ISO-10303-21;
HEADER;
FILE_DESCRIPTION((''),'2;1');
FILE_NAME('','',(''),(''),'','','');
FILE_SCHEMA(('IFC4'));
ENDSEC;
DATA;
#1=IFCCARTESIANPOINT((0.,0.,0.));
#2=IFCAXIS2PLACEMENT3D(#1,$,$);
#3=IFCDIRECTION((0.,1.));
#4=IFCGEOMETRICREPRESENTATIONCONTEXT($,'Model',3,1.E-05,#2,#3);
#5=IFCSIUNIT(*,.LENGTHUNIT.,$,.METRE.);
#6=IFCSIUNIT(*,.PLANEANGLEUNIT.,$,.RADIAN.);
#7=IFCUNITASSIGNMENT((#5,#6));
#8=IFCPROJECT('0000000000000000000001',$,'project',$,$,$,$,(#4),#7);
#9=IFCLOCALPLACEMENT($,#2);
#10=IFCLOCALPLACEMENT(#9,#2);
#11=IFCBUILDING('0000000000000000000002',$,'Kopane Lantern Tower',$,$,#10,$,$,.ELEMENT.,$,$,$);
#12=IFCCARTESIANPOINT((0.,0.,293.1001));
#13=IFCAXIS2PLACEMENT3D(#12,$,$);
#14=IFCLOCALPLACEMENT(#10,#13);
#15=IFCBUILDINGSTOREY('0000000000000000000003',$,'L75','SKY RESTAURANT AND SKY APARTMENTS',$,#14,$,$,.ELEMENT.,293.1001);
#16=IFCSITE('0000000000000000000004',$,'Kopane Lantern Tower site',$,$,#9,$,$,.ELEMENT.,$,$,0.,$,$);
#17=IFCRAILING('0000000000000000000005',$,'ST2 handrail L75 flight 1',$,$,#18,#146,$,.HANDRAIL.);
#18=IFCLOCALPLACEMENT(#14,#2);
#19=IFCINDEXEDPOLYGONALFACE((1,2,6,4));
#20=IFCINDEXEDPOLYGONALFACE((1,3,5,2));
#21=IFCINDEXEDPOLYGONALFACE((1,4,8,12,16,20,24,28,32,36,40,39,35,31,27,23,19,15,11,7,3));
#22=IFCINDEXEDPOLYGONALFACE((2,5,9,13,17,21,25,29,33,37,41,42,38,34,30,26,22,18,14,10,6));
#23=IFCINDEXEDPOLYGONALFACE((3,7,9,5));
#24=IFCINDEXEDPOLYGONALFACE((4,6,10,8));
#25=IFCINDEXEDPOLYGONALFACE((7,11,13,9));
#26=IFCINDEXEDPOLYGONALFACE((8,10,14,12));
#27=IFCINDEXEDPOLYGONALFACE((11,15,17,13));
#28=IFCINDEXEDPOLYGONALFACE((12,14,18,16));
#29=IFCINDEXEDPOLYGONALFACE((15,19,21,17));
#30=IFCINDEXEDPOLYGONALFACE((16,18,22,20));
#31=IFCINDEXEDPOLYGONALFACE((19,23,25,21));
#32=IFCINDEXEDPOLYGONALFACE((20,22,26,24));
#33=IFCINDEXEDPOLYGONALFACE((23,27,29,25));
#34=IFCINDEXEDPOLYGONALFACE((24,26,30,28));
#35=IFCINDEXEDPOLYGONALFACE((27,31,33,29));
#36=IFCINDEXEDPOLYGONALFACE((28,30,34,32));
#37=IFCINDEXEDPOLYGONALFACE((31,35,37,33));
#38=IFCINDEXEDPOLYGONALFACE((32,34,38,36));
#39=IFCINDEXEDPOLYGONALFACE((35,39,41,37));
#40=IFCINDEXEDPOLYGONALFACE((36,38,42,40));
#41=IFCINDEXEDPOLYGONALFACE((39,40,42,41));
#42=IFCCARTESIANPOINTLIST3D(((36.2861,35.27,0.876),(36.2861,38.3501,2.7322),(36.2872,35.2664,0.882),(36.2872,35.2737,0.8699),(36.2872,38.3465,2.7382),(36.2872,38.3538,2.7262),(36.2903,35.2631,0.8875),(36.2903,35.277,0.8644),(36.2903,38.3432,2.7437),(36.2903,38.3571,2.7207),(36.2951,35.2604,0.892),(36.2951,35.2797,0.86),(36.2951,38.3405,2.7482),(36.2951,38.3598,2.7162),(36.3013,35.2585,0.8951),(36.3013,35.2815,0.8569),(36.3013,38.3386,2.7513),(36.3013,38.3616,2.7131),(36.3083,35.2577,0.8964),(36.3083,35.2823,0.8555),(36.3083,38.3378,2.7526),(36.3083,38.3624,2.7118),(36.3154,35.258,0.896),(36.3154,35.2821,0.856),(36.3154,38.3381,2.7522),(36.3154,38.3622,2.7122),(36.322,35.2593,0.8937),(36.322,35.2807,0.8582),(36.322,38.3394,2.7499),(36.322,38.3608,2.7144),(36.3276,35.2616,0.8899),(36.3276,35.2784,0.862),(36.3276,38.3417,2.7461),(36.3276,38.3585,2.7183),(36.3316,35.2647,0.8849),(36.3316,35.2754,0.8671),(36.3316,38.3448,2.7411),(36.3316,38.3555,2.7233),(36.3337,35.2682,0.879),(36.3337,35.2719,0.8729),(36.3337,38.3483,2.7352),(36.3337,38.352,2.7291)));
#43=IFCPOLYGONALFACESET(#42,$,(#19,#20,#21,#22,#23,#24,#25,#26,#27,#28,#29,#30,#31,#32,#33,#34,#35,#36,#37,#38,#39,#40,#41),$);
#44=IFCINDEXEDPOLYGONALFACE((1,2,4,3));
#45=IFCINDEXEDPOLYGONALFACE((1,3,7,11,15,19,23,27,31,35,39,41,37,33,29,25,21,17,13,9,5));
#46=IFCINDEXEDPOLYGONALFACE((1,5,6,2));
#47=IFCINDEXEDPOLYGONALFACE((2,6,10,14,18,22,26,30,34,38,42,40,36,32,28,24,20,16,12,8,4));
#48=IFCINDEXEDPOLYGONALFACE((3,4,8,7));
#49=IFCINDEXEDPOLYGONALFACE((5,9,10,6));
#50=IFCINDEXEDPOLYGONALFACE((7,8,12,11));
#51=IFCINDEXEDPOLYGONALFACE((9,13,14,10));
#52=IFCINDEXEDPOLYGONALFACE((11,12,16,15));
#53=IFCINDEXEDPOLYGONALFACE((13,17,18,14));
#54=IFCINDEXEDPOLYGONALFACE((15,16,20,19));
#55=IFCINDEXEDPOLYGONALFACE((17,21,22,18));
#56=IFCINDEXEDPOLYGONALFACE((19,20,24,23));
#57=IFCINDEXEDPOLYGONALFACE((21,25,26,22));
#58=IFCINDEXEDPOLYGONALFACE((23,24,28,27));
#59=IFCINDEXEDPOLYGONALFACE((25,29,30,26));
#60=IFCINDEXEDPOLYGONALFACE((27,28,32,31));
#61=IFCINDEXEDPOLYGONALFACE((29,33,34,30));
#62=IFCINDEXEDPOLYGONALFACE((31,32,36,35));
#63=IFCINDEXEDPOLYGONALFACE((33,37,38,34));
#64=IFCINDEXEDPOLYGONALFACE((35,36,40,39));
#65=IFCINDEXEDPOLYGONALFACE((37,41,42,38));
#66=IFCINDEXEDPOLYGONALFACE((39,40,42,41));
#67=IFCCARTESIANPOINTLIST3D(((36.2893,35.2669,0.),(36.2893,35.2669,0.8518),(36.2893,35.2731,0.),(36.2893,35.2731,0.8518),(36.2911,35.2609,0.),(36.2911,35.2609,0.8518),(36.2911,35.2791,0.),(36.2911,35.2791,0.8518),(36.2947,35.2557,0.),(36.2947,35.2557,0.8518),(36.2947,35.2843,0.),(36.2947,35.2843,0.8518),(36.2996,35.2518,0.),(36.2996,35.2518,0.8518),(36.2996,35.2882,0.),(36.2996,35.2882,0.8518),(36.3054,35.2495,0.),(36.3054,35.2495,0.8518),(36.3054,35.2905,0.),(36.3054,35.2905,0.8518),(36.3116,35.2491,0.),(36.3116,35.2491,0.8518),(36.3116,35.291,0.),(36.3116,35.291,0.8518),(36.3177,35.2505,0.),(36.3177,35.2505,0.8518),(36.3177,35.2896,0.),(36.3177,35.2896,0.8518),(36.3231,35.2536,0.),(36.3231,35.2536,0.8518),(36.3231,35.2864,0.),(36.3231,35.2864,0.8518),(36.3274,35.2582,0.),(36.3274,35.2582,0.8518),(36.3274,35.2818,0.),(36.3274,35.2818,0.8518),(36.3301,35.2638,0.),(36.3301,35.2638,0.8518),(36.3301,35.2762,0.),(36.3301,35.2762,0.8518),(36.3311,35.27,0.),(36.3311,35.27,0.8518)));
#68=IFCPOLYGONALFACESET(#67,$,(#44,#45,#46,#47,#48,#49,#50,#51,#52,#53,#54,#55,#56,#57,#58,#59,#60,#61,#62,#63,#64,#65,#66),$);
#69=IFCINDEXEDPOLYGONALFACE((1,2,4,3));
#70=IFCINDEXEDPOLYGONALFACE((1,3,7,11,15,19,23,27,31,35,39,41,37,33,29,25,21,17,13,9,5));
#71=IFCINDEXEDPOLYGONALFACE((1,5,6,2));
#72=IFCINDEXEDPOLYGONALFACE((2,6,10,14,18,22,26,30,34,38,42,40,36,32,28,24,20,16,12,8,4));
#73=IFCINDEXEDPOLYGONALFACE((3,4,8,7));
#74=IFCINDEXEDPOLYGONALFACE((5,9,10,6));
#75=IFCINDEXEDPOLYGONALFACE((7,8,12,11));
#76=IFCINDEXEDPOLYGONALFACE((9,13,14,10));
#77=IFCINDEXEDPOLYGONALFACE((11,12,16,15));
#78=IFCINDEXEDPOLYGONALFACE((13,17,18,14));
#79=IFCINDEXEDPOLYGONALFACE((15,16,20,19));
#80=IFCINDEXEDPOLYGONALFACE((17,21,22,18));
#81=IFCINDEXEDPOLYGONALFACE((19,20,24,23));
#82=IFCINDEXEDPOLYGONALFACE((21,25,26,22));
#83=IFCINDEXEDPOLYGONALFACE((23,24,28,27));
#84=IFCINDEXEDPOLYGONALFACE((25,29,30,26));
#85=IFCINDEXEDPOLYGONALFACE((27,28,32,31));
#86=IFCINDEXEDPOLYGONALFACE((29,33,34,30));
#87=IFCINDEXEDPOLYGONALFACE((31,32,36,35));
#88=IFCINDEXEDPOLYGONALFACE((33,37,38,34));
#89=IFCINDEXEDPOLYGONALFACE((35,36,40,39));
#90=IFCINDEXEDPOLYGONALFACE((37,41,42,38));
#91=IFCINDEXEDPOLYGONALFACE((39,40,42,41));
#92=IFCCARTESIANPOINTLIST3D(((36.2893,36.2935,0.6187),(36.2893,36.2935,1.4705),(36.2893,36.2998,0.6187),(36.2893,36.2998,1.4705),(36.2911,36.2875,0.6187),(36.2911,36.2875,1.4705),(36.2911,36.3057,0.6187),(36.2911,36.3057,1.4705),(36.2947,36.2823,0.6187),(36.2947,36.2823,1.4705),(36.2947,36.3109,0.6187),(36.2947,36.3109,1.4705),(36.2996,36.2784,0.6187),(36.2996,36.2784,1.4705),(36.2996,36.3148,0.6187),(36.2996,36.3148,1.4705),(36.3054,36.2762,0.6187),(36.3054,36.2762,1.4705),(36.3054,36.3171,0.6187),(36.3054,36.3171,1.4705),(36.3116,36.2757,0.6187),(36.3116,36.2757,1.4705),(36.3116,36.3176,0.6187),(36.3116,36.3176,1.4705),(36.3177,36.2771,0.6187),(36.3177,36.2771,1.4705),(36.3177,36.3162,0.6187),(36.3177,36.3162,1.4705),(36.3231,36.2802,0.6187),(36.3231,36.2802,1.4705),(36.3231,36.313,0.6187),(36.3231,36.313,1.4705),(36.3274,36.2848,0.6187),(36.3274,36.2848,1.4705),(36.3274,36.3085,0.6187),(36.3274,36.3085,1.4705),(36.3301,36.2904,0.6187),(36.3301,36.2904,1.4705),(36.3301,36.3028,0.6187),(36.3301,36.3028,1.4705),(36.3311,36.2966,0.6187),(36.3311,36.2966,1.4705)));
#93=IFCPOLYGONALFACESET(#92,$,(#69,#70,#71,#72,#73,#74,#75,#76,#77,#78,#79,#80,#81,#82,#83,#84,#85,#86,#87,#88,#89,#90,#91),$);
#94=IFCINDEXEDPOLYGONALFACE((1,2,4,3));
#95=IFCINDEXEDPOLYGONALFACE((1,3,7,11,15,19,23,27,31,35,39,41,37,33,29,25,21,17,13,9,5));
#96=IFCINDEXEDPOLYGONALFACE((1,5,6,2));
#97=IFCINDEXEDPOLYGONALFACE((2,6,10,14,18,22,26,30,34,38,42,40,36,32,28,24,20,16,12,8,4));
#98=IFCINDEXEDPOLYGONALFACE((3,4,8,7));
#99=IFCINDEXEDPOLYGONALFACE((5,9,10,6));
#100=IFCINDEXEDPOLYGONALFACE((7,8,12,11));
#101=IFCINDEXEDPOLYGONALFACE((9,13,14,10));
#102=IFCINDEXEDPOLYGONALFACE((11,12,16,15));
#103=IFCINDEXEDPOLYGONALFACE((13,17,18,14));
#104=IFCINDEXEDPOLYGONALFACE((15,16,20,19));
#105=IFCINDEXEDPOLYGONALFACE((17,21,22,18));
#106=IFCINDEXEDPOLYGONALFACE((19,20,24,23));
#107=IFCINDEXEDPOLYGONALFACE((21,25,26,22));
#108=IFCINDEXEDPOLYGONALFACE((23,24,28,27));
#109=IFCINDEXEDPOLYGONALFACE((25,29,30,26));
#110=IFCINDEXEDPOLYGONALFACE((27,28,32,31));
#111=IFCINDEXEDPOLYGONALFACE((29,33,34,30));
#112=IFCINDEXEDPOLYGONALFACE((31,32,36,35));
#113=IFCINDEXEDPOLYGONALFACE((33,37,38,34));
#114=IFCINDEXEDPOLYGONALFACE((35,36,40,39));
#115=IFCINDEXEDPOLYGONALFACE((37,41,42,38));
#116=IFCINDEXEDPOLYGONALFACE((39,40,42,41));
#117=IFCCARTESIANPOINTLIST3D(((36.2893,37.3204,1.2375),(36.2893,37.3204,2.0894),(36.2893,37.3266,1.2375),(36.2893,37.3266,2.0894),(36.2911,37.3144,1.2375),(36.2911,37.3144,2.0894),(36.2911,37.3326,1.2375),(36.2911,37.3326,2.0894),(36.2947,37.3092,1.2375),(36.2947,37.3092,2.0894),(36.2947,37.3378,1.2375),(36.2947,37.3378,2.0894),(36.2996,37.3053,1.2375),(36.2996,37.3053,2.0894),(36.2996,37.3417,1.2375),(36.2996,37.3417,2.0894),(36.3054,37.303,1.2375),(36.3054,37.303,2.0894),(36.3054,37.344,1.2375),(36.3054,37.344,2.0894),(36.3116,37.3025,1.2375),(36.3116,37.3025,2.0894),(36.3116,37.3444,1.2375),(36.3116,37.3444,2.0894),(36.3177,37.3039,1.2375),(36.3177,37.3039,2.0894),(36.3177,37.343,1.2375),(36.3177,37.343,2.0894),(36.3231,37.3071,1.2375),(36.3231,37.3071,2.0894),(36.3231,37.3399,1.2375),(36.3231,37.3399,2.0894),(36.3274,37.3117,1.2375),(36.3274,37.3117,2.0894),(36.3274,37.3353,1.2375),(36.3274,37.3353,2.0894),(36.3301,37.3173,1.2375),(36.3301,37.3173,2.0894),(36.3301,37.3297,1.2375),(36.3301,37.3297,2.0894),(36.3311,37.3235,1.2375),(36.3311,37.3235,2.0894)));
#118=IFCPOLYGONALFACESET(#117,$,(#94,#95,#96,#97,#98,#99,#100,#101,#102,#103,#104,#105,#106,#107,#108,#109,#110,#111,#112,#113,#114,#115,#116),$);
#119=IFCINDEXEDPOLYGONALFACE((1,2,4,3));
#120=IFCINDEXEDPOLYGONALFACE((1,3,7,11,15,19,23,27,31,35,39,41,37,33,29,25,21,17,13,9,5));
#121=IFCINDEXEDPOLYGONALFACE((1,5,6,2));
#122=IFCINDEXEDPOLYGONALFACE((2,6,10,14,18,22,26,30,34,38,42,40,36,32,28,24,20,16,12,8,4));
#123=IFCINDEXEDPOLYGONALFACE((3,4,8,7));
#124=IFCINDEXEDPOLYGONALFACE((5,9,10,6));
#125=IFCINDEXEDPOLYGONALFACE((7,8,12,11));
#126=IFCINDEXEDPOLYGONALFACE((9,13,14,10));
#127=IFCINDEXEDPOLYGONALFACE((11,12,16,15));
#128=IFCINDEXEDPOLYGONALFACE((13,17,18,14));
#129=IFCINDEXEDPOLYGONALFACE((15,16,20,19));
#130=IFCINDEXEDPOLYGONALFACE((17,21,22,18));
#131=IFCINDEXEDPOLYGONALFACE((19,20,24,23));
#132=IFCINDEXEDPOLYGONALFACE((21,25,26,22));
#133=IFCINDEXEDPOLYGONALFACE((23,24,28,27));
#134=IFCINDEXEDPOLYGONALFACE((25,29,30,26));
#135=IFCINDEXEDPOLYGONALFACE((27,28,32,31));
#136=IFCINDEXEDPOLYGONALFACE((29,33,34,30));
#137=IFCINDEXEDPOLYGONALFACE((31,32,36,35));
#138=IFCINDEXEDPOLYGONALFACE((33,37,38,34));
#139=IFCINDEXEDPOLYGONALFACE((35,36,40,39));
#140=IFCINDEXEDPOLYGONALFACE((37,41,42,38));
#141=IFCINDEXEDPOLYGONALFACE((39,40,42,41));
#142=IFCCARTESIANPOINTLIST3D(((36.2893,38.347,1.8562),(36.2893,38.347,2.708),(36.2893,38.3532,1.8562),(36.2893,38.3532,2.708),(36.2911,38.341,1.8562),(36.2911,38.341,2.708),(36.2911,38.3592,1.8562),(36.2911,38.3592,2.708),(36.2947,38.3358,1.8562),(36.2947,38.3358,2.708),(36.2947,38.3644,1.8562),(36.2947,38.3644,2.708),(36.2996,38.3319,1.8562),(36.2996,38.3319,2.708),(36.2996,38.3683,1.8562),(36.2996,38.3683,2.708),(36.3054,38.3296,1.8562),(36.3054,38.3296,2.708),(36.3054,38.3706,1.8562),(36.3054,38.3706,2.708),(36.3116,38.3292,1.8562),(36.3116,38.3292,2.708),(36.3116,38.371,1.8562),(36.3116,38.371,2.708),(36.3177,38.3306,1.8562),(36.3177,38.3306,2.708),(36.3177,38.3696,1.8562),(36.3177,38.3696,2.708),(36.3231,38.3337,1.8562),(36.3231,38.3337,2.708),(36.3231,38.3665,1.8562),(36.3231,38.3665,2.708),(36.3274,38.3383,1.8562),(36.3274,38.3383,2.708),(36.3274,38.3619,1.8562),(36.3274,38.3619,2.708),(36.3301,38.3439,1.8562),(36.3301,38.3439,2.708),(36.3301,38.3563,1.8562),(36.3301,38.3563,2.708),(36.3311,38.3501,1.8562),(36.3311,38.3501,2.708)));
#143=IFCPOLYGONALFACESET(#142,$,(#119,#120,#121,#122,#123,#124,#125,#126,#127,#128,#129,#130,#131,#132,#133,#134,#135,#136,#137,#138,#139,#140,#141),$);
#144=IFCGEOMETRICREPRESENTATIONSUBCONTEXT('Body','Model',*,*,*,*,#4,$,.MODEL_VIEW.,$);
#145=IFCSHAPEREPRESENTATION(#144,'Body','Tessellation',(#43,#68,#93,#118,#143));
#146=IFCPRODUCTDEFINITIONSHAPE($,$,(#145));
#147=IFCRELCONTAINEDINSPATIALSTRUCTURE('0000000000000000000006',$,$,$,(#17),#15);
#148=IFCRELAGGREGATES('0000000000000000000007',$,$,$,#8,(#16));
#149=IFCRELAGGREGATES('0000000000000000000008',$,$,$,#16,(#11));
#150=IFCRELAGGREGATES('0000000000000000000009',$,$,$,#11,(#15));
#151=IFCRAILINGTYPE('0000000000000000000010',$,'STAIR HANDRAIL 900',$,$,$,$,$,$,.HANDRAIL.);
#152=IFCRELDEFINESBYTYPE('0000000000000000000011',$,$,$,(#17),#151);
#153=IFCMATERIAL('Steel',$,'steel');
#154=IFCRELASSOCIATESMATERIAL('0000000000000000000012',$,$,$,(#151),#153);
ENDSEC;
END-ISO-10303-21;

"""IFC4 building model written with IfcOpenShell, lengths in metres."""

from ifc_helpers import new_model, si_unit, direction, frame, origin, origin_2d, place, context, subcontext, project, spatial, circle, extrude, material, type_object, element, save


model = new_model("IFC4")

# Units and contexts
model_context = context("Model", 3, precision=1e-05, world=origin(), true_north=direction((0.0, 1.0)))
body_context = subcontext(model_context, "Body", "Model", "MODEL_VIEW")
ifc_project = project(units=[si_unit("LENGTHUNIT", "METRE"), si_unit("PLANEANGLEUNIT", "RADIAN")], contexts=[model_context])

# Site, building, storey
site_placement = place(None, origin())
site = spatial("IfcSite", under=ifc_project, at=site_placement, Name="Kopane Lantern Tower site", CompositionType="ELEMENT", RefElevation=0.0)
building_placement = place(site_placement, origin())
building = spatial("IfcBuilding", under=site, at=building_placement, Name="Kopane Lantern Tower", CompositionType="ELEMENT")
storey_placement = place(building_placement, frame((0.0, 0.0, 293.1001)))
storey = spatial("IfcBuildingStorey", under=building, at=storey_placement, Name="L75", Description="SKY RESTAURANT AND SKY APARTMENTS", CompositionType="ELEMENT", Elevation=293.1001)

# Railing
ifc_material_1 = material(Name="Steel", Category="steel")
railing_type = type_object("IfcRailingType", Name="STAIR HANDRAIL 900", PredefinedType="HANDRAIL", material=ifc_material_1)
railing_1_placement = place(storey_placement, frame((36.3101, 35.27, 0.0)))
element("IfcRailing", 1, at=railing_1_placement, inside=storey, type_object=railing_type, Name="ST2 handrail L75 flight 1", PredefinedType="HANDRAIL", context=body_context, shape_type="SweptSolid", body=[
    extrude(circle(Radius=0.0239, at=origin_2d()), frame((0.0, 0.0, 0.876), z_axis=(0.0, 0.856491, 0.516162), x_axis=(-1.0, 0.0, 0.0)), (0.0, 0.0, 1.0), 3.5962),
    extrude(circle(Radius=0.021, at=origin_2d()), origin(), (0.0, 0.0, 1.0), 0.8518),
    extrude(circle(Radius=0.021, at=origin_2d()), frame((0.0, 1.0266, 0.6187)), (0.0, 0.0, 1.0), 0.8518),
    extrude(circle(Radius=0.021, at=origin_2d()), frame((0.0, 2.0535, 1.2375)), (0.0, 0.0, 1.0), 0.8518),
    extrude(circle(Radius=0.021, at=origin_2d()), frame((0.0, 3.0801, 1.8562)), (0.0, 0.0, 1.0), 0.8518),
])

save(model, "model.ifc")
